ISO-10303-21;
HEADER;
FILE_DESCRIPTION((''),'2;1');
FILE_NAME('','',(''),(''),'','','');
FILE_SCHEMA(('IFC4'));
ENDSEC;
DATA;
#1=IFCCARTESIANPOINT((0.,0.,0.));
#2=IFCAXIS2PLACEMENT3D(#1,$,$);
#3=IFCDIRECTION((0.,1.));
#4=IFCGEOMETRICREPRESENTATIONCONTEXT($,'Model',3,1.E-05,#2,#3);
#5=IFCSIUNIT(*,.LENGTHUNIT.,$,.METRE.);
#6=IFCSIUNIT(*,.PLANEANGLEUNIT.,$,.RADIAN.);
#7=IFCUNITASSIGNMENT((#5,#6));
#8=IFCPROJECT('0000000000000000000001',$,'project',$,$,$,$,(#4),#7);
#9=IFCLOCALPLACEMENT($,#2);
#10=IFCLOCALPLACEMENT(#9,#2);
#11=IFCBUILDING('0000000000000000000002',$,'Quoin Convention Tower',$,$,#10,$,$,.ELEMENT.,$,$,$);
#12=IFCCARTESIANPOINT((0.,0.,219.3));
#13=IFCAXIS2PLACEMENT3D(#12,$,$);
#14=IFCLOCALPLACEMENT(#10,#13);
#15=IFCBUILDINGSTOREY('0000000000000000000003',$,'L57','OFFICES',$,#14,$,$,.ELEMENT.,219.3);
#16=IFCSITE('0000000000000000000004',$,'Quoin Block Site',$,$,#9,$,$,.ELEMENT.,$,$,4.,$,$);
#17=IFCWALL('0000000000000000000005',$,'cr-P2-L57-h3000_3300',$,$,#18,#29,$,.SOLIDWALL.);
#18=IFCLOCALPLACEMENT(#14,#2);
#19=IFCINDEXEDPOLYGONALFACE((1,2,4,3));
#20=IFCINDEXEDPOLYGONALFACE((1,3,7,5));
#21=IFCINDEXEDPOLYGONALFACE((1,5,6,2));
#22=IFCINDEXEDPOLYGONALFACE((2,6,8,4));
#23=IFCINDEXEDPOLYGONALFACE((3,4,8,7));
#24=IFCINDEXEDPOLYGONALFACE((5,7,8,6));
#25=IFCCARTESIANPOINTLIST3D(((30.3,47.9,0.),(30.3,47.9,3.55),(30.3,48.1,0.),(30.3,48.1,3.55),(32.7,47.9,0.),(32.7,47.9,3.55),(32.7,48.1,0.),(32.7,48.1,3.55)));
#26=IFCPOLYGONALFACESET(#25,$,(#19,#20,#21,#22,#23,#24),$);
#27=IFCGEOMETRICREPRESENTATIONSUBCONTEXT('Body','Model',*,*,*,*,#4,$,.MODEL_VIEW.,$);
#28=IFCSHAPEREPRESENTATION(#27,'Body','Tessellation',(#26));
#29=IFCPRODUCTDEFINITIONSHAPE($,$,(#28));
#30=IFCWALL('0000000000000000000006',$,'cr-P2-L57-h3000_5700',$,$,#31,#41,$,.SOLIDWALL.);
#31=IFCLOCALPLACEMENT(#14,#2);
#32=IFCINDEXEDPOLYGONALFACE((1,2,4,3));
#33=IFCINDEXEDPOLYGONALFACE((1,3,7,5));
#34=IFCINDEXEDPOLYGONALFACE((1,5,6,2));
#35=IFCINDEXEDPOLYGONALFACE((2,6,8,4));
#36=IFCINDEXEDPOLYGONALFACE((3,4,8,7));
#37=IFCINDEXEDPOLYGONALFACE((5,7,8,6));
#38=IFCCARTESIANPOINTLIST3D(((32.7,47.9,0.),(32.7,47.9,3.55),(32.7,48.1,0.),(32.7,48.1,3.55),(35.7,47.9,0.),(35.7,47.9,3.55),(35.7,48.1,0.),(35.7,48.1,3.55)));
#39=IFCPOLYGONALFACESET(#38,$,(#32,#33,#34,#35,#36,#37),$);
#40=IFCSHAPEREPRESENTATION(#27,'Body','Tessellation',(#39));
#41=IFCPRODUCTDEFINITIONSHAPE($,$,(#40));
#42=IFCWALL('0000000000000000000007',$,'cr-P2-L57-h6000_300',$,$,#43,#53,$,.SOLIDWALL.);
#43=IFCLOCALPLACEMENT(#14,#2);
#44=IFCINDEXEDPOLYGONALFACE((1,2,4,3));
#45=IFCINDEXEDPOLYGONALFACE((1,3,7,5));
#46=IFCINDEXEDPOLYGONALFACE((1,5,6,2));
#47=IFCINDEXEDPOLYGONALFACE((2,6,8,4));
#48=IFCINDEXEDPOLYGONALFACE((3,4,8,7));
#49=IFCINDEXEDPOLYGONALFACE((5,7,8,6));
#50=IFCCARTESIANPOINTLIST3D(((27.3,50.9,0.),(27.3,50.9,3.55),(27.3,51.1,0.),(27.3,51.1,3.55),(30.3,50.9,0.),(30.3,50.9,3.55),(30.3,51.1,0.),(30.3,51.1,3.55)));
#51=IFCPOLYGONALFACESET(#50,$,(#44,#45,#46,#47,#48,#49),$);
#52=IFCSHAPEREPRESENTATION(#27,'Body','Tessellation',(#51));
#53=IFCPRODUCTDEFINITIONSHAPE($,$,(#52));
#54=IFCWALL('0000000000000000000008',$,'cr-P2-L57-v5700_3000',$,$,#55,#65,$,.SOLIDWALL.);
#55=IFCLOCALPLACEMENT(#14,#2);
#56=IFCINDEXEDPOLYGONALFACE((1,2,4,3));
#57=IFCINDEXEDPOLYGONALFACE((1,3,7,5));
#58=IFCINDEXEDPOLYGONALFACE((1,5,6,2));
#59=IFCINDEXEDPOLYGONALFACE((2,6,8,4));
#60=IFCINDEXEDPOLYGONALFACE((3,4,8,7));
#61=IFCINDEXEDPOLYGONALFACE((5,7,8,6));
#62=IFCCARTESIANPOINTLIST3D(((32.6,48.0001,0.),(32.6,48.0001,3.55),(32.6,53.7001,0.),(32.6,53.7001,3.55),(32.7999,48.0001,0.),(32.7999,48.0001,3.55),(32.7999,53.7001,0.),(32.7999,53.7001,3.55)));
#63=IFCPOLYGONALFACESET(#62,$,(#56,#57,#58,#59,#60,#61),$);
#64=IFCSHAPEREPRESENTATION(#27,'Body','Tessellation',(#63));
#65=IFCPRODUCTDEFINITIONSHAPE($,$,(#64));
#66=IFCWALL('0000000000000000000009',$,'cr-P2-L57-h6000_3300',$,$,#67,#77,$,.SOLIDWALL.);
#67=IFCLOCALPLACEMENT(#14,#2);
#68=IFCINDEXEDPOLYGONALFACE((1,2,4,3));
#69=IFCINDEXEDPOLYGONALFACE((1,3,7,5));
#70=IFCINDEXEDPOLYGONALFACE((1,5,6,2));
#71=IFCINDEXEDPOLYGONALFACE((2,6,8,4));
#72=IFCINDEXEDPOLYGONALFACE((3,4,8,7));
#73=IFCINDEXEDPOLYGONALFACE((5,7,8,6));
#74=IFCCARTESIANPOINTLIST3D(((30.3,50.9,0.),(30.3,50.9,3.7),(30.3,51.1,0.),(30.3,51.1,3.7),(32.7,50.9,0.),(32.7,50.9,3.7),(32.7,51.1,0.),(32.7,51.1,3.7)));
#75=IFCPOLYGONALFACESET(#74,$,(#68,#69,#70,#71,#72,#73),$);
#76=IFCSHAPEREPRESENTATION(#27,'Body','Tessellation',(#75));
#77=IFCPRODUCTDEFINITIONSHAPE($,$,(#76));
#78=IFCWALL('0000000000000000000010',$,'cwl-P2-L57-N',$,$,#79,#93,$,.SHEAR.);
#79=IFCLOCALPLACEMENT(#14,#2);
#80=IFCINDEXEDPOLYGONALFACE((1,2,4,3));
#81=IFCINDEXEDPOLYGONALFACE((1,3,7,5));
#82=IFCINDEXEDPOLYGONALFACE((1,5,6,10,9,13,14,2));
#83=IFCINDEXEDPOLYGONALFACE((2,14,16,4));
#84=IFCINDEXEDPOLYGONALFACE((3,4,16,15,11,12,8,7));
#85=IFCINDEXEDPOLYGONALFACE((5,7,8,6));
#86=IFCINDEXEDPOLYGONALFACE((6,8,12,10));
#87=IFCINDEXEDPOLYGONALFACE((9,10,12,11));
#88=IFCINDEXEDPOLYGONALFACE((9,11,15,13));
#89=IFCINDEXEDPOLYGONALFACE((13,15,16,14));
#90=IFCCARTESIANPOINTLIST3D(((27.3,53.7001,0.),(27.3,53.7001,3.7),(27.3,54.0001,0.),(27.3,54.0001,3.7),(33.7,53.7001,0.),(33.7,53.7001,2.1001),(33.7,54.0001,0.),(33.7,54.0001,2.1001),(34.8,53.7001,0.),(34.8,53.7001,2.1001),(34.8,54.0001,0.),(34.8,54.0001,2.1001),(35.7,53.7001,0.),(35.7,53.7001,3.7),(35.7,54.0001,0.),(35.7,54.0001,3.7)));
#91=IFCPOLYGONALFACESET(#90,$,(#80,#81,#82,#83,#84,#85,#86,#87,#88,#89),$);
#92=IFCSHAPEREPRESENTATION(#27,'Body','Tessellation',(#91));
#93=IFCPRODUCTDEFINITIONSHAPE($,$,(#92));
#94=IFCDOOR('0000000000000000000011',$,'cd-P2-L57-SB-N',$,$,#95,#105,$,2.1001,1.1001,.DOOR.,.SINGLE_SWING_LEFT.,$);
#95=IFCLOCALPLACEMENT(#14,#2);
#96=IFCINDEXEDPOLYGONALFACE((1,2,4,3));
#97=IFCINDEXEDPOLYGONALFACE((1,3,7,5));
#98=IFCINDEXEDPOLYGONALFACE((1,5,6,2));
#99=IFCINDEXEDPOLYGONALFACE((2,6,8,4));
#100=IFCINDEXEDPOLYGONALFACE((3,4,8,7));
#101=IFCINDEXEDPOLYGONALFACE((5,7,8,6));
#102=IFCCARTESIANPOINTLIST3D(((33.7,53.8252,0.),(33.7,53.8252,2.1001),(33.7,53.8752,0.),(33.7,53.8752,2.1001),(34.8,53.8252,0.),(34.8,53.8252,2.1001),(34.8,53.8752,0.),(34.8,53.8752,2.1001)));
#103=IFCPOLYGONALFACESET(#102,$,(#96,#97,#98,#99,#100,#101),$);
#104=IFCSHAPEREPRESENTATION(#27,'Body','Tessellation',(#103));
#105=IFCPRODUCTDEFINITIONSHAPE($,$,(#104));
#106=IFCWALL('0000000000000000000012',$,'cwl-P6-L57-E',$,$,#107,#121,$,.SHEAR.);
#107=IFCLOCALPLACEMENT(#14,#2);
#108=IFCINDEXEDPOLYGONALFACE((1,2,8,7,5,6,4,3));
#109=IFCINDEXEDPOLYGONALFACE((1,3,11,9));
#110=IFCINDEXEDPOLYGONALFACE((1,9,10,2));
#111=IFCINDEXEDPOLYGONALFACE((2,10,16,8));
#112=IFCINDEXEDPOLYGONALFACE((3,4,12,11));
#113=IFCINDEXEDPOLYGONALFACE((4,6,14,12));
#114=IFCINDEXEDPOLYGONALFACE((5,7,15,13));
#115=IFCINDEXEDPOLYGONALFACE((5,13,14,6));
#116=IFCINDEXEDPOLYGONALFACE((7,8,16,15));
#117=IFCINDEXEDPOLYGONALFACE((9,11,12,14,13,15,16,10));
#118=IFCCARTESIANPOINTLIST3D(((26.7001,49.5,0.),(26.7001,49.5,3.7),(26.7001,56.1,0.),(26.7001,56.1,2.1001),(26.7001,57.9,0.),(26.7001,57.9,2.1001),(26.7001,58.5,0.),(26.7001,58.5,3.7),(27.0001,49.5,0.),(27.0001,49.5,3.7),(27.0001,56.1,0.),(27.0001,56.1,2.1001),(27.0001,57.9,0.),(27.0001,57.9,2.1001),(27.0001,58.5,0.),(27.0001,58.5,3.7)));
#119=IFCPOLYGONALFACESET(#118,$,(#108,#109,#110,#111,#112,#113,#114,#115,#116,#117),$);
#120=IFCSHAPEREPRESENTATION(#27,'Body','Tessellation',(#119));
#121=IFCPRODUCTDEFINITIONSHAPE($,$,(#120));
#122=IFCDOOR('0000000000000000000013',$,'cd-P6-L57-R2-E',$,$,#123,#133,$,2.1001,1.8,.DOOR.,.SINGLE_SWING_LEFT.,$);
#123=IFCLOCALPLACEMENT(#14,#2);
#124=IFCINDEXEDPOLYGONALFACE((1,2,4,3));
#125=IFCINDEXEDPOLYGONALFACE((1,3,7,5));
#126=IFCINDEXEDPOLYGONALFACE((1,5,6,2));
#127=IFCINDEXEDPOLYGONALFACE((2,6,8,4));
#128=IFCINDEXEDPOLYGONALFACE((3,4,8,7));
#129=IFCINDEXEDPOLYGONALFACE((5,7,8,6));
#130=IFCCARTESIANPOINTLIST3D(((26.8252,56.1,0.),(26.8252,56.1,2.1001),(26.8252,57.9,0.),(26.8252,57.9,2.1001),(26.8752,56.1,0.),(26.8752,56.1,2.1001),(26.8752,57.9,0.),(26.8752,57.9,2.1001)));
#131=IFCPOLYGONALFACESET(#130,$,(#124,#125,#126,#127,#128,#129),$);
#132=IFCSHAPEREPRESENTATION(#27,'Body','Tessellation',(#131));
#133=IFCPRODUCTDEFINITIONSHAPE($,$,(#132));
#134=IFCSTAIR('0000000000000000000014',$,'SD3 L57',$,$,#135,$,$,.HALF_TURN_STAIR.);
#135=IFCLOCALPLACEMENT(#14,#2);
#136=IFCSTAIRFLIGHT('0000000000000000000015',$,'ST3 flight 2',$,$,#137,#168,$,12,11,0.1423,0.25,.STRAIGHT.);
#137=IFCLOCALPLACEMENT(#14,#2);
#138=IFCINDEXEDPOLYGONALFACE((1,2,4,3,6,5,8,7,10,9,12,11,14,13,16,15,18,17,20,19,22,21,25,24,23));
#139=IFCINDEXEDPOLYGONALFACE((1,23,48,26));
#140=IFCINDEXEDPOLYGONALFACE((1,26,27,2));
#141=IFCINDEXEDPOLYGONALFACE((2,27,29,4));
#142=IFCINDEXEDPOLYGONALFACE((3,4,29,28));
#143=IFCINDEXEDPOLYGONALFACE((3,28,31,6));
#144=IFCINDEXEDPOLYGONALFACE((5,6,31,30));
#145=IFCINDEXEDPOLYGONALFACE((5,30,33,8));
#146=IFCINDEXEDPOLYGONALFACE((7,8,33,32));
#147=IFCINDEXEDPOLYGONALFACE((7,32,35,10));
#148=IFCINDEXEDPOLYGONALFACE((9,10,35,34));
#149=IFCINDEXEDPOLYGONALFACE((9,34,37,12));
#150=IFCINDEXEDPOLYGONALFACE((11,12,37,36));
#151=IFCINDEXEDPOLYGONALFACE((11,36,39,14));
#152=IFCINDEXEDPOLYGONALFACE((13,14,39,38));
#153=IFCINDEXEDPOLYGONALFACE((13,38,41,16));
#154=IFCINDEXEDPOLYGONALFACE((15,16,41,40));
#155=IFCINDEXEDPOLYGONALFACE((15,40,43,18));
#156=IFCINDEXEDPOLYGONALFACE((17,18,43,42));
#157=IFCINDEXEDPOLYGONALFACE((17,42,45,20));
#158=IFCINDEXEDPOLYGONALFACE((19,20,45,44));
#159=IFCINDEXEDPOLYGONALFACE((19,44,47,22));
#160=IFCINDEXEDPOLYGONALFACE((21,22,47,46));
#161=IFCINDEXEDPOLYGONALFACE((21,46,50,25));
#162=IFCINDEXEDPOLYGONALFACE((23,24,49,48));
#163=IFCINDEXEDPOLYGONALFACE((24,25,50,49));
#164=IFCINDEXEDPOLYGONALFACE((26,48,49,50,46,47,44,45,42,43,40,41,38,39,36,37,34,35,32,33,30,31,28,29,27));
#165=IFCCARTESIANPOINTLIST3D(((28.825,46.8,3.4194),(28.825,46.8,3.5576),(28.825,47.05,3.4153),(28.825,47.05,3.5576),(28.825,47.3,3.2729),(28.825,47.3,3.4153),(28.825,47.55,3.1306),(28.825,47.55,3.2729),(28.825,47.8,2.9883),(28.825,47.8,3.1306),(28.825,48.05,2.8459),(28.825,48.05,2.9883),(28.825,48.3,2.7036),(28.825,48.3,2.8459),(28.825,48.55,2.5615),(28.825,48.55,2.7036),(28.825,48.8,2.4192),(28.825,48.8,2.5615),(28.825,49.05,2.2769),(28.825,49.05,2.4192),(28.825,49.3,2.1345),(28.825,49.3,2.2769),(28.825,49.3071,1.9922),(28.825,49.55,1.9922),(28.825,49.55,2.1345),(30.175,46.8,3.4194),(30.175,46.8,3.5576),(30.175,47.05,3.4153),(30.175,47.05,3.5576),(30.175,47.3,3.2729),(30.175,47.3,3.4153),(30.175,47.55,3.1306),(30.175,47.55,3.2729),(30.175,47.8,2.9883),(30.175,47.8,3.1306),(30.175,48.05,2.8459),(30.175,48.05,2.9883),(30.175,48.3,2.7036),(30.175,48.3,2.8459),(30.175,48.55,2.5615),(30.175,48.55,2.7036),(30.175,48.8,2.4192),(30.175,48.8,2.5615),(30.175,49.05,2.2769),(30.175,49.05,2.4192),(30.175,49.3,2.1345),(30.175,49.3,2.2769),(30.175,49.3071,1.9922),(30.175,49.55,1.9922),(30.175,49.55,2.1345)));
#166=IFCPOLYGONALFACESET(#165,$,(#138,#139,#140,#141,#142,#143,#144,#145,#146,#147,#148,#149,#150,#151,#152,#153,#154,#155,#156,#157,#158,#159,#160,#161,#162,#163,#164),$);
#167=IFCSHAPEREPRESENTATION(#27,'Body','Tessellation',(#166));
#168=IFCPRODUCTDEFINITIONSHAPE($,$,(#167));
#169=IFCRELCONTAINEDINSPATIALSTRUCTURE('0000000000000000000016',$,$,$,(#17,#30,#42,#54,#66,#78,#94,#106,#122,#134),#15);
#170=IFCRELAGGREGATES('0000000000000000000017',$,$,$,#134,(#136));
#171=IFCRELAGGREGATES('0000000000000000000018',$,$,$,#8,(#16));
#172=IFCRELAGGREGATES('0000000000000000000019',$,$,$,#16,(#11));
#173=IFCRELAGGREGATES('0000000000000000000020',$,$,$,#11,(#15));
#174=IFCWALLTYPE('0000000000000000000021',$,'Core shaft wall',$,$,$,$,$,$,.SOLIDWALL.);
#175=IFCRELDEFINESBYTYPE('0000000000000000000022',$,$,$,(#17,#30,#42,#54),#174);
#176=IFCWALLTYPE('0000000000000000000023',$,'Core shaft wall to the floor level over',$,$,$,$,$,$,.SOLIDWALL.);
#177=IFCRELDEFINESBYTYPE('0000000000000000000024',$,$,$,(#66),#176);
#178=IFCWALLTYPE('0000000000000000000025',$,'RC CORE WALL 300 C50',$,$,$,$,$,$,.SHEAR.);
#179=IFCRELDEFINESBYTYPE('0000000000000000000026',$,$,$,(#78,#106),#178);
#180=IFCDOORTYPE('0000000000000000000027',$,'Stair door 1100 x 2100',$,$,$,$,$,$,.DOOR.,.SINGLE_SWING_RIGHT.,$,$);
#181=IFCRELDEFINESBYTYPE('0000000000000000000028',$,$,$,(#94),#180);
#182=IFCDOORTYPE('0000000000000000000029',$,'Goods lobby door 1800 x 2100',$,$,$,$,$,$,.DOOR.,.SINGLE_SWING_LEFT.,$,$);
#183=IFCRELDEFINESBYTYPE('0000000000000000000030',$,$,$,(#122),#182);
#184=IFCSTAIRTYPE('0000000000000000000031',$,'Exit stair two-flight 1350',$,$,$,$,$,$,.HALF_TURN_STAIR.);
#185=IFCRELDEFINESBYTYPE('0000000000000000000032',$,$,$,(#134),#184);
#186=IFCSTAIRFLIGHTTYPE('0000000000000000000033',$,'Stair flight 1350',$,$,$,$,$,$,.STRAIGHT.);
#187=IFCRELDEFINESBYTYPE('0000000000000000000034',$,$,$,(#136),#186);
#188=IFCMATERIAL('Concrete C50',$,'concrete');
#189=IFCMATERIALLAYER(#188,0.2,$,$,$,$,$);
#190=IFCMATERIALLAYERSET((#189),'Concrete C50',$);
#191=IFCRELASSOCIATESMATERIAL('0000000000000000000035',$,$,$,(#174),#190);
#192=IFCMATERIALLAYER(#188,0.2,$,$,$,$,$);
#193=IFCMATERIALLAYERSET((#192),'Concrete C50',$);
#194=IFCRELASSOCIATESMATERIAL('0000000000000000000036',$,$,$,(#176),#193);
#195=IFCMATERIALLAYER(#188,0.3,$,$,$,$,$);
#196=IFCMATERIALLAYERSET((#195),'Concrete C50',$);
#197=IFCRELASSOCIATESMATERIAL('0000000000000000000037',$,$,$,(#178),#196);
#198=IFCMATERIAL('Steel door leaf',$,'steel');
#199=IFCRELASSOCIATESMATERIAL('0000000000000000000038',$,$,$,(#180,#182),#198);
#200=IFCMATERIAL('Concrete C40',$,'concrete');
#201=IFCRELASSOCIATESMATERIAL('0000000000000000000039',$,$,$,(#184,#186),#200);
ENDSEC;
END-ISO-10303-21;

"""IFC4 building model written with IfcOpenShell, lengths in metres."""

from ifc_helpers import new_model, si_unit, direction, frame, frame_2d, origin, place, context, subcontext, project, spatial, polyline, rectangle, outline, extrude, material, layer, layer_set, type_object, element, fill, aggregate, save


model = new_model("IFC4")

# Units and contexts
model_context = context("Model", 3, precision=1e-05, world=origin(), true_north=direction((0.0, 1.0)))
body_context = subcontext(model_context, "Body", "Model", "MODEL_VIEW")
ifc_project = project(units=[si_unit("LENGTHUNIT", "METRE"), si_unit("PLANEANGLEUNIT", "RADIAN")], contexts=[model_context])

# Site, building, storey
site_placement = place(None, origin())
site = spatial("IfcSite", under=ifc_project, at=site_placement, Name="Quoin Block Site", CompositionType="ELEMENT", RefElevation=4.0)
building_placement = place(site_placement, origin())
building = spatial("IfcBuilding", under=site, at=building_placement, Name="Quoin Convention Tower", CompositionType="ELEMENT")
storey_placement = place(building_placement, frame((0.0, 0.0, 219.3)))
storey = spatial("IfcBuildingStorey", under=building, at=storey_placement, Name="L57", Description="OFFICES", CompositionType="ELEMENT", Elevation=219.3)

# Shared definitions
ifc_material_1 = material(Name="Concrete C50", Category="concrete")

# Walls
ifc_layer_1 = layer(ifc_material_1, 0.2)
ifc_layer_set_1 = layer_set([ifc_layer_1], Name="Concrete C50")
wall_type_1 = type_object("IfcWallType", Name="Core shaft wall", PredefinedType="SOLIDWALL", material=ifc_layer_set_1)
wall_1_placement = place(storey_placement, frame((30.3, 48.0, 0.0), z_axis=(0.0, 0.0, 1.0), x_axis=(1.0, 0.0, 0.0)))
element("IfcWall", 1, at=wall_1_placement, inside=storey, type_object=wall_type_1, Name="cr-P2-L57-h3000_3300", PredefinedType="SOLIDWALL", context=body_context, shape_type="SweptSolid", body=[
    extrude(rectangle(XDim=2.3999, YDim=0.2, at=frame_2d((1.2, 0.0))), origin(), (0.0, 0.0, 1.0), 3.55),
])
for number, where, z_axis, x_axis, name in (
    (2, (32.7, 48.0, 0.0), (0.0, 0.0, 1.0), (1.0, 0.0, 0.0), "cr-P2-L57-h3000_5700"),
    (3, (27.3, 51.0, 0.0), (0.0, 0.0, 1.0), (1.0, 0.0, 0.0), "cr-P2-L57-h6000_300"),
):
    element("IfcWall", number, at=place(storey_placement, frame(where, z_axis=z_axis, x_axis=x_axis)), inside=storey, type_object=wall_type_1, Name=name, PredefinedType="SOLIDWALL", context=body_context, shape_type="SweptSolid", body=[
        extrude(rectangle(XDim=3.0, YDim=0.2, at=frame_2d((1.5, 0.0))), origin(), (0.0, 0.0, 1.0), 3.55),
    ])
wall_2_placement = place(storey_placement, frame((32.7, 48.0, 0.0), z_axis=(0.0, 0.0, 1.0), x_axis=(0.0, 1.0, 0.0)))
element("IfcWall", 4, at=wall_2_placement, inside=storey, type_object=wall_type_1, Name="cr-P2-L57-v5700_3000", PredefinedType="SOLIDWALL", context=body_context, shape_type="SweptSolid", body=[
    extrude(rectangle(XDim=5.7, YDim=0.2, at=frame_2d((2.8501, 0.0))), origin(), (0.0, 0.0, 1.0), 3.55),
])
ifc_layer_2 = layer(ifc_material_1, 0.2)
ifc_layer_set_2 = layer_set([ifc_layer_2], Name="Concrete C50")
wall_type_2 = type_object("IfcWallType", Name="Core shaft wall to the floor level over", PredefinedType="SOLIDWALL", material=ifc_layer_set_2)
wall_3_placement = place(storey_placement, frame((30.3, 51.0, 0.0), z_axis=(0.0, 0.0, 1.0), x_axis=(1.0, 0.0, 0.0)))
element("IfcWall", 5, at=wall_3_placement, inside=storey, type_object=wall_type_2, Name="cr-P2-L57-h6000_3300", PredefinedType="SOLIDWALL", context=body_context, shape_type="SweptSolid", body=[
    extrude(rectangle(XDim=2.3999, YDim=0.2, at=frame_2d((1.2, 0.0))), origin(), (0.0, 0.0, 1.0), 3.7),
])

# Walls, openings, doors
ifc_layer_3 = layer(ifc_material_1, 0.3)
ifc_layer_set_3 = layer_set([ifc_layer_3], Name="Concrete C50")
wall_type_3 = type_object("IfcWallType", Name="RC CORE WALL 300 C50", PredefinedType="SHEAR", material=ifc_layer_set_3)
wall_4_placement = place(storey_placement, frame((27.3, 53.8501, 0.0), z_axis=(0.0, 0.0, 1.0), x_axis=(1.0, 0.0, 0.0)))
wall_4 = element("IfcWall", 6, at=wall_4_placement, inside=storey, type_object=wall_type_3, Name="cwl-P2-L57-N", PredefinedType="SHEAR", context=body_context, shape_type="SweptSolid", body=[
    extrude(rectangle(XDim=8.3999, YDim=0.3, at=frame_2d((4.2, 0.0))), origin(), (0.0, 0.0, 1.0), 3.7),
])
opening_1_placement = place(wall_4_placement, frame((6.3999, 0.0, 0.0)))
opening_1 = element("IfcOpeningElement", 7, at=opening_1_placement, cuts=wall_4, PredefinedType="OPENING", context=body_context, shape_type="SweptSolid", body=[
    extrude(rectangle(XDim=1.1001, YDim=2.1001, at=frame_2d((0.55, 1.05))), frame((0.0, 0.1599, 0.0), z_axis=(0.0, -1.0, 0.0), x_axis=(1.0, 0.0, 0.0)), (0.0, 0.0, 1.0), 0.3201),
])
ifc_material_2 = material(Name="Steel door leaf", Category="steel")
door_type_1 = type_object("IfcDoorType", Name="Stair door 1100 x 2100", OperationType="SINGLE_SWING_RIGHT", PredefinedType="DOOR", material=ifc_material_2)
door_1_placement = place(opening_1_placement, frame((1.1001, 0.0, 0.0), z_axis=(0.0, 0.0, 1.0), x_axis=(-1.0, 0.0, 0.0)))
door_1 = element("IfcDoor", 8, at=door_1_placement, inside=storey, type_object=door_type_1, Name="cd-P2-L57-SB-N", OperationType="SINGLE_SWING_LEFT", OverallHeight=2.1001, OverallWidth=1.1001, PredefinedType="DOOR", context=body_context, shape_type="SweptSolid", body=[
    extrude(rectangle(XDim=1.1001, YDim=2.1001, at=frame_2d((0.55, 1.05))), frame((0.0, 0.0249, 0.0), z_axis=(0.0, -1.0, 0.0), x_axis=(1.0, 0.0, 0.0)), (0.0, 0.0, 1.0), 0.05),
])
fill(opening_1, door_1)
wall_5_placement = place(storey_placement, frame((26.8501, 49.5, 0.0), z_axis=(0.0, 0.0, 1.0), x_axis=(0.0, 1.0, 0.0)))
wall_5 = element("IfcWall", 9, at=wall_5_placement, inside=storey, type_object=wall_type_3, Name="cwl-P6-L57-E", PredefinedType="SHEAR", context=body_context, shape_type="SweptSolid", body=[
    extrude(rectangle(XDim=9.0, YDim=0.3, at=frame_2d((4.5, 0.0))), origin(), (0.0, 0.0, 1.0), 3.7),
])
opening_2_placement = place(wall_5_placement, frame((6.6001, 0.0, 0.0)))
opening_2 = element("IfcOpeningElement", 10, at=opening_2_placement, cuts=wall_5, PredefinedType="OPENING", context=body_context, shape_type="SweptSolid", body=[
    extrude(rectangle(XDim=1.8, YDim=2.1001, at=frame_2d((0.8999, 1.05))), frame((0.0, 0.1599, 0.0), z_axis=(0.0, -1.0, 0.0), x_axis=(1.0, 0.0, 0.0)), (0.0, 0.0, 1.0), 0.3201),
])
door_type_2 = type_object("IfcDoorType", Name="Goods lobby door 1800 x 2100", OperationType="SINGLE_SWING_LEFT", PredefinedType="DOOR", material=ifc_material_2)
door_2_placement = place(opening_2_placement, origin())
door_2 = element("IfcDoor", 11, at=door_2_placement, inside=storey, type_object=door_type_2, Name="cd-P6-L57-R2-E", OperationType="SINGLE_SWING_LEFT", OverallHeight=2.1001, OverallWidth=1.8, PredefinedType="DOOR", context=body_context, shape_type="SweptSolid", body=[
    extrude(rectangle(XDim=1.8, YDim=2.1001, at=frame_2d((0.8999, 1.05))), frame((0.0, 0.0249, 0.0), z_axis=(0.0, -1.0, 0.0), x_axis=(1.0, 0.0, 0.0)), (0.0, 0.0, 1.0), 0.05),
])
fill(opening_2, door_2)

# Stair, stair flight
ifc_material_3 = material(Name="Concrete C40", Category="concrete")
stair_type = type_object("IfcStairType", Name="Exit stair two-flight 1350", PredefinedType="HALF_TURN_STAIR", material=ifc_material_3)
stair_1_placement = place(storey_placement, origin())
stair_1 = element("IfcStair", 12, at=stair_1_placement, inside=storey, type_object=stair_type, Name="SD3 L57", PredefinedType="HALF_TURN_STAIR")
stair_flight_type = type_object("IfcStairFlightType", Name="Stair flight 1350", PredefinedType="STRAIGHT", material=ifc_material_3)
stair_flight_1_placement = place(storey_placement, frame((29.5, 49.55, 1.9922), z_axis=(0.0, 0.0, 1.0), x_axis=(0.0, -1.0, 0.0)))
stair_flight_1 = element("IfcStairFlight", 13, at=stair_flight_1_placement, type_object=stair_flight_type, Name="ST3 flight 2", NumberOfRisers=12, NumberOfTreads=11, PredefinedType="STRAIGHT", RiserHeight=0.1423, TreadLength=0.25, context=body_context, shape_type="SweptSolid", body=[
    extrude(outline(polyline([(0.0, 0.0), (0.0, 0.1423), (0.25, 0.1423), (0.25, 0.2847), (0.5, 0.2847), (0.5, 0.427), (0.75, 0.427), (0.75, 0.5693), (1.0, 0.5693), (1.0, 0.7114), (1.25, 0.7114), (1.25, 0.8538), (1.5, 0.8538), (1.5, 0.9961), (1.75, 0.9961), (1.75, 1.1384), (2.0, 1.1384), (2.0, 1.2808), (2.25, 1.2808), (2.25, 1.4231), (2.5, 1.4231), (2.5, 1.5654), (2.75, 1.5654), (2.75, 1.7078), (2.75, 1.4272), (0.2429, 0.0), (0.0, 0.0)])), frame((0.0, 0.675, 0.0), z_axis=(0.0, -1.0, 0.0), x_axis=(1.0, 0.0, 0.0)), (0.0, 0.0, 1.0), 1.3501),
])
aggregate(stair_1, [stair_flight_1])

save(model, "model.ifc")
